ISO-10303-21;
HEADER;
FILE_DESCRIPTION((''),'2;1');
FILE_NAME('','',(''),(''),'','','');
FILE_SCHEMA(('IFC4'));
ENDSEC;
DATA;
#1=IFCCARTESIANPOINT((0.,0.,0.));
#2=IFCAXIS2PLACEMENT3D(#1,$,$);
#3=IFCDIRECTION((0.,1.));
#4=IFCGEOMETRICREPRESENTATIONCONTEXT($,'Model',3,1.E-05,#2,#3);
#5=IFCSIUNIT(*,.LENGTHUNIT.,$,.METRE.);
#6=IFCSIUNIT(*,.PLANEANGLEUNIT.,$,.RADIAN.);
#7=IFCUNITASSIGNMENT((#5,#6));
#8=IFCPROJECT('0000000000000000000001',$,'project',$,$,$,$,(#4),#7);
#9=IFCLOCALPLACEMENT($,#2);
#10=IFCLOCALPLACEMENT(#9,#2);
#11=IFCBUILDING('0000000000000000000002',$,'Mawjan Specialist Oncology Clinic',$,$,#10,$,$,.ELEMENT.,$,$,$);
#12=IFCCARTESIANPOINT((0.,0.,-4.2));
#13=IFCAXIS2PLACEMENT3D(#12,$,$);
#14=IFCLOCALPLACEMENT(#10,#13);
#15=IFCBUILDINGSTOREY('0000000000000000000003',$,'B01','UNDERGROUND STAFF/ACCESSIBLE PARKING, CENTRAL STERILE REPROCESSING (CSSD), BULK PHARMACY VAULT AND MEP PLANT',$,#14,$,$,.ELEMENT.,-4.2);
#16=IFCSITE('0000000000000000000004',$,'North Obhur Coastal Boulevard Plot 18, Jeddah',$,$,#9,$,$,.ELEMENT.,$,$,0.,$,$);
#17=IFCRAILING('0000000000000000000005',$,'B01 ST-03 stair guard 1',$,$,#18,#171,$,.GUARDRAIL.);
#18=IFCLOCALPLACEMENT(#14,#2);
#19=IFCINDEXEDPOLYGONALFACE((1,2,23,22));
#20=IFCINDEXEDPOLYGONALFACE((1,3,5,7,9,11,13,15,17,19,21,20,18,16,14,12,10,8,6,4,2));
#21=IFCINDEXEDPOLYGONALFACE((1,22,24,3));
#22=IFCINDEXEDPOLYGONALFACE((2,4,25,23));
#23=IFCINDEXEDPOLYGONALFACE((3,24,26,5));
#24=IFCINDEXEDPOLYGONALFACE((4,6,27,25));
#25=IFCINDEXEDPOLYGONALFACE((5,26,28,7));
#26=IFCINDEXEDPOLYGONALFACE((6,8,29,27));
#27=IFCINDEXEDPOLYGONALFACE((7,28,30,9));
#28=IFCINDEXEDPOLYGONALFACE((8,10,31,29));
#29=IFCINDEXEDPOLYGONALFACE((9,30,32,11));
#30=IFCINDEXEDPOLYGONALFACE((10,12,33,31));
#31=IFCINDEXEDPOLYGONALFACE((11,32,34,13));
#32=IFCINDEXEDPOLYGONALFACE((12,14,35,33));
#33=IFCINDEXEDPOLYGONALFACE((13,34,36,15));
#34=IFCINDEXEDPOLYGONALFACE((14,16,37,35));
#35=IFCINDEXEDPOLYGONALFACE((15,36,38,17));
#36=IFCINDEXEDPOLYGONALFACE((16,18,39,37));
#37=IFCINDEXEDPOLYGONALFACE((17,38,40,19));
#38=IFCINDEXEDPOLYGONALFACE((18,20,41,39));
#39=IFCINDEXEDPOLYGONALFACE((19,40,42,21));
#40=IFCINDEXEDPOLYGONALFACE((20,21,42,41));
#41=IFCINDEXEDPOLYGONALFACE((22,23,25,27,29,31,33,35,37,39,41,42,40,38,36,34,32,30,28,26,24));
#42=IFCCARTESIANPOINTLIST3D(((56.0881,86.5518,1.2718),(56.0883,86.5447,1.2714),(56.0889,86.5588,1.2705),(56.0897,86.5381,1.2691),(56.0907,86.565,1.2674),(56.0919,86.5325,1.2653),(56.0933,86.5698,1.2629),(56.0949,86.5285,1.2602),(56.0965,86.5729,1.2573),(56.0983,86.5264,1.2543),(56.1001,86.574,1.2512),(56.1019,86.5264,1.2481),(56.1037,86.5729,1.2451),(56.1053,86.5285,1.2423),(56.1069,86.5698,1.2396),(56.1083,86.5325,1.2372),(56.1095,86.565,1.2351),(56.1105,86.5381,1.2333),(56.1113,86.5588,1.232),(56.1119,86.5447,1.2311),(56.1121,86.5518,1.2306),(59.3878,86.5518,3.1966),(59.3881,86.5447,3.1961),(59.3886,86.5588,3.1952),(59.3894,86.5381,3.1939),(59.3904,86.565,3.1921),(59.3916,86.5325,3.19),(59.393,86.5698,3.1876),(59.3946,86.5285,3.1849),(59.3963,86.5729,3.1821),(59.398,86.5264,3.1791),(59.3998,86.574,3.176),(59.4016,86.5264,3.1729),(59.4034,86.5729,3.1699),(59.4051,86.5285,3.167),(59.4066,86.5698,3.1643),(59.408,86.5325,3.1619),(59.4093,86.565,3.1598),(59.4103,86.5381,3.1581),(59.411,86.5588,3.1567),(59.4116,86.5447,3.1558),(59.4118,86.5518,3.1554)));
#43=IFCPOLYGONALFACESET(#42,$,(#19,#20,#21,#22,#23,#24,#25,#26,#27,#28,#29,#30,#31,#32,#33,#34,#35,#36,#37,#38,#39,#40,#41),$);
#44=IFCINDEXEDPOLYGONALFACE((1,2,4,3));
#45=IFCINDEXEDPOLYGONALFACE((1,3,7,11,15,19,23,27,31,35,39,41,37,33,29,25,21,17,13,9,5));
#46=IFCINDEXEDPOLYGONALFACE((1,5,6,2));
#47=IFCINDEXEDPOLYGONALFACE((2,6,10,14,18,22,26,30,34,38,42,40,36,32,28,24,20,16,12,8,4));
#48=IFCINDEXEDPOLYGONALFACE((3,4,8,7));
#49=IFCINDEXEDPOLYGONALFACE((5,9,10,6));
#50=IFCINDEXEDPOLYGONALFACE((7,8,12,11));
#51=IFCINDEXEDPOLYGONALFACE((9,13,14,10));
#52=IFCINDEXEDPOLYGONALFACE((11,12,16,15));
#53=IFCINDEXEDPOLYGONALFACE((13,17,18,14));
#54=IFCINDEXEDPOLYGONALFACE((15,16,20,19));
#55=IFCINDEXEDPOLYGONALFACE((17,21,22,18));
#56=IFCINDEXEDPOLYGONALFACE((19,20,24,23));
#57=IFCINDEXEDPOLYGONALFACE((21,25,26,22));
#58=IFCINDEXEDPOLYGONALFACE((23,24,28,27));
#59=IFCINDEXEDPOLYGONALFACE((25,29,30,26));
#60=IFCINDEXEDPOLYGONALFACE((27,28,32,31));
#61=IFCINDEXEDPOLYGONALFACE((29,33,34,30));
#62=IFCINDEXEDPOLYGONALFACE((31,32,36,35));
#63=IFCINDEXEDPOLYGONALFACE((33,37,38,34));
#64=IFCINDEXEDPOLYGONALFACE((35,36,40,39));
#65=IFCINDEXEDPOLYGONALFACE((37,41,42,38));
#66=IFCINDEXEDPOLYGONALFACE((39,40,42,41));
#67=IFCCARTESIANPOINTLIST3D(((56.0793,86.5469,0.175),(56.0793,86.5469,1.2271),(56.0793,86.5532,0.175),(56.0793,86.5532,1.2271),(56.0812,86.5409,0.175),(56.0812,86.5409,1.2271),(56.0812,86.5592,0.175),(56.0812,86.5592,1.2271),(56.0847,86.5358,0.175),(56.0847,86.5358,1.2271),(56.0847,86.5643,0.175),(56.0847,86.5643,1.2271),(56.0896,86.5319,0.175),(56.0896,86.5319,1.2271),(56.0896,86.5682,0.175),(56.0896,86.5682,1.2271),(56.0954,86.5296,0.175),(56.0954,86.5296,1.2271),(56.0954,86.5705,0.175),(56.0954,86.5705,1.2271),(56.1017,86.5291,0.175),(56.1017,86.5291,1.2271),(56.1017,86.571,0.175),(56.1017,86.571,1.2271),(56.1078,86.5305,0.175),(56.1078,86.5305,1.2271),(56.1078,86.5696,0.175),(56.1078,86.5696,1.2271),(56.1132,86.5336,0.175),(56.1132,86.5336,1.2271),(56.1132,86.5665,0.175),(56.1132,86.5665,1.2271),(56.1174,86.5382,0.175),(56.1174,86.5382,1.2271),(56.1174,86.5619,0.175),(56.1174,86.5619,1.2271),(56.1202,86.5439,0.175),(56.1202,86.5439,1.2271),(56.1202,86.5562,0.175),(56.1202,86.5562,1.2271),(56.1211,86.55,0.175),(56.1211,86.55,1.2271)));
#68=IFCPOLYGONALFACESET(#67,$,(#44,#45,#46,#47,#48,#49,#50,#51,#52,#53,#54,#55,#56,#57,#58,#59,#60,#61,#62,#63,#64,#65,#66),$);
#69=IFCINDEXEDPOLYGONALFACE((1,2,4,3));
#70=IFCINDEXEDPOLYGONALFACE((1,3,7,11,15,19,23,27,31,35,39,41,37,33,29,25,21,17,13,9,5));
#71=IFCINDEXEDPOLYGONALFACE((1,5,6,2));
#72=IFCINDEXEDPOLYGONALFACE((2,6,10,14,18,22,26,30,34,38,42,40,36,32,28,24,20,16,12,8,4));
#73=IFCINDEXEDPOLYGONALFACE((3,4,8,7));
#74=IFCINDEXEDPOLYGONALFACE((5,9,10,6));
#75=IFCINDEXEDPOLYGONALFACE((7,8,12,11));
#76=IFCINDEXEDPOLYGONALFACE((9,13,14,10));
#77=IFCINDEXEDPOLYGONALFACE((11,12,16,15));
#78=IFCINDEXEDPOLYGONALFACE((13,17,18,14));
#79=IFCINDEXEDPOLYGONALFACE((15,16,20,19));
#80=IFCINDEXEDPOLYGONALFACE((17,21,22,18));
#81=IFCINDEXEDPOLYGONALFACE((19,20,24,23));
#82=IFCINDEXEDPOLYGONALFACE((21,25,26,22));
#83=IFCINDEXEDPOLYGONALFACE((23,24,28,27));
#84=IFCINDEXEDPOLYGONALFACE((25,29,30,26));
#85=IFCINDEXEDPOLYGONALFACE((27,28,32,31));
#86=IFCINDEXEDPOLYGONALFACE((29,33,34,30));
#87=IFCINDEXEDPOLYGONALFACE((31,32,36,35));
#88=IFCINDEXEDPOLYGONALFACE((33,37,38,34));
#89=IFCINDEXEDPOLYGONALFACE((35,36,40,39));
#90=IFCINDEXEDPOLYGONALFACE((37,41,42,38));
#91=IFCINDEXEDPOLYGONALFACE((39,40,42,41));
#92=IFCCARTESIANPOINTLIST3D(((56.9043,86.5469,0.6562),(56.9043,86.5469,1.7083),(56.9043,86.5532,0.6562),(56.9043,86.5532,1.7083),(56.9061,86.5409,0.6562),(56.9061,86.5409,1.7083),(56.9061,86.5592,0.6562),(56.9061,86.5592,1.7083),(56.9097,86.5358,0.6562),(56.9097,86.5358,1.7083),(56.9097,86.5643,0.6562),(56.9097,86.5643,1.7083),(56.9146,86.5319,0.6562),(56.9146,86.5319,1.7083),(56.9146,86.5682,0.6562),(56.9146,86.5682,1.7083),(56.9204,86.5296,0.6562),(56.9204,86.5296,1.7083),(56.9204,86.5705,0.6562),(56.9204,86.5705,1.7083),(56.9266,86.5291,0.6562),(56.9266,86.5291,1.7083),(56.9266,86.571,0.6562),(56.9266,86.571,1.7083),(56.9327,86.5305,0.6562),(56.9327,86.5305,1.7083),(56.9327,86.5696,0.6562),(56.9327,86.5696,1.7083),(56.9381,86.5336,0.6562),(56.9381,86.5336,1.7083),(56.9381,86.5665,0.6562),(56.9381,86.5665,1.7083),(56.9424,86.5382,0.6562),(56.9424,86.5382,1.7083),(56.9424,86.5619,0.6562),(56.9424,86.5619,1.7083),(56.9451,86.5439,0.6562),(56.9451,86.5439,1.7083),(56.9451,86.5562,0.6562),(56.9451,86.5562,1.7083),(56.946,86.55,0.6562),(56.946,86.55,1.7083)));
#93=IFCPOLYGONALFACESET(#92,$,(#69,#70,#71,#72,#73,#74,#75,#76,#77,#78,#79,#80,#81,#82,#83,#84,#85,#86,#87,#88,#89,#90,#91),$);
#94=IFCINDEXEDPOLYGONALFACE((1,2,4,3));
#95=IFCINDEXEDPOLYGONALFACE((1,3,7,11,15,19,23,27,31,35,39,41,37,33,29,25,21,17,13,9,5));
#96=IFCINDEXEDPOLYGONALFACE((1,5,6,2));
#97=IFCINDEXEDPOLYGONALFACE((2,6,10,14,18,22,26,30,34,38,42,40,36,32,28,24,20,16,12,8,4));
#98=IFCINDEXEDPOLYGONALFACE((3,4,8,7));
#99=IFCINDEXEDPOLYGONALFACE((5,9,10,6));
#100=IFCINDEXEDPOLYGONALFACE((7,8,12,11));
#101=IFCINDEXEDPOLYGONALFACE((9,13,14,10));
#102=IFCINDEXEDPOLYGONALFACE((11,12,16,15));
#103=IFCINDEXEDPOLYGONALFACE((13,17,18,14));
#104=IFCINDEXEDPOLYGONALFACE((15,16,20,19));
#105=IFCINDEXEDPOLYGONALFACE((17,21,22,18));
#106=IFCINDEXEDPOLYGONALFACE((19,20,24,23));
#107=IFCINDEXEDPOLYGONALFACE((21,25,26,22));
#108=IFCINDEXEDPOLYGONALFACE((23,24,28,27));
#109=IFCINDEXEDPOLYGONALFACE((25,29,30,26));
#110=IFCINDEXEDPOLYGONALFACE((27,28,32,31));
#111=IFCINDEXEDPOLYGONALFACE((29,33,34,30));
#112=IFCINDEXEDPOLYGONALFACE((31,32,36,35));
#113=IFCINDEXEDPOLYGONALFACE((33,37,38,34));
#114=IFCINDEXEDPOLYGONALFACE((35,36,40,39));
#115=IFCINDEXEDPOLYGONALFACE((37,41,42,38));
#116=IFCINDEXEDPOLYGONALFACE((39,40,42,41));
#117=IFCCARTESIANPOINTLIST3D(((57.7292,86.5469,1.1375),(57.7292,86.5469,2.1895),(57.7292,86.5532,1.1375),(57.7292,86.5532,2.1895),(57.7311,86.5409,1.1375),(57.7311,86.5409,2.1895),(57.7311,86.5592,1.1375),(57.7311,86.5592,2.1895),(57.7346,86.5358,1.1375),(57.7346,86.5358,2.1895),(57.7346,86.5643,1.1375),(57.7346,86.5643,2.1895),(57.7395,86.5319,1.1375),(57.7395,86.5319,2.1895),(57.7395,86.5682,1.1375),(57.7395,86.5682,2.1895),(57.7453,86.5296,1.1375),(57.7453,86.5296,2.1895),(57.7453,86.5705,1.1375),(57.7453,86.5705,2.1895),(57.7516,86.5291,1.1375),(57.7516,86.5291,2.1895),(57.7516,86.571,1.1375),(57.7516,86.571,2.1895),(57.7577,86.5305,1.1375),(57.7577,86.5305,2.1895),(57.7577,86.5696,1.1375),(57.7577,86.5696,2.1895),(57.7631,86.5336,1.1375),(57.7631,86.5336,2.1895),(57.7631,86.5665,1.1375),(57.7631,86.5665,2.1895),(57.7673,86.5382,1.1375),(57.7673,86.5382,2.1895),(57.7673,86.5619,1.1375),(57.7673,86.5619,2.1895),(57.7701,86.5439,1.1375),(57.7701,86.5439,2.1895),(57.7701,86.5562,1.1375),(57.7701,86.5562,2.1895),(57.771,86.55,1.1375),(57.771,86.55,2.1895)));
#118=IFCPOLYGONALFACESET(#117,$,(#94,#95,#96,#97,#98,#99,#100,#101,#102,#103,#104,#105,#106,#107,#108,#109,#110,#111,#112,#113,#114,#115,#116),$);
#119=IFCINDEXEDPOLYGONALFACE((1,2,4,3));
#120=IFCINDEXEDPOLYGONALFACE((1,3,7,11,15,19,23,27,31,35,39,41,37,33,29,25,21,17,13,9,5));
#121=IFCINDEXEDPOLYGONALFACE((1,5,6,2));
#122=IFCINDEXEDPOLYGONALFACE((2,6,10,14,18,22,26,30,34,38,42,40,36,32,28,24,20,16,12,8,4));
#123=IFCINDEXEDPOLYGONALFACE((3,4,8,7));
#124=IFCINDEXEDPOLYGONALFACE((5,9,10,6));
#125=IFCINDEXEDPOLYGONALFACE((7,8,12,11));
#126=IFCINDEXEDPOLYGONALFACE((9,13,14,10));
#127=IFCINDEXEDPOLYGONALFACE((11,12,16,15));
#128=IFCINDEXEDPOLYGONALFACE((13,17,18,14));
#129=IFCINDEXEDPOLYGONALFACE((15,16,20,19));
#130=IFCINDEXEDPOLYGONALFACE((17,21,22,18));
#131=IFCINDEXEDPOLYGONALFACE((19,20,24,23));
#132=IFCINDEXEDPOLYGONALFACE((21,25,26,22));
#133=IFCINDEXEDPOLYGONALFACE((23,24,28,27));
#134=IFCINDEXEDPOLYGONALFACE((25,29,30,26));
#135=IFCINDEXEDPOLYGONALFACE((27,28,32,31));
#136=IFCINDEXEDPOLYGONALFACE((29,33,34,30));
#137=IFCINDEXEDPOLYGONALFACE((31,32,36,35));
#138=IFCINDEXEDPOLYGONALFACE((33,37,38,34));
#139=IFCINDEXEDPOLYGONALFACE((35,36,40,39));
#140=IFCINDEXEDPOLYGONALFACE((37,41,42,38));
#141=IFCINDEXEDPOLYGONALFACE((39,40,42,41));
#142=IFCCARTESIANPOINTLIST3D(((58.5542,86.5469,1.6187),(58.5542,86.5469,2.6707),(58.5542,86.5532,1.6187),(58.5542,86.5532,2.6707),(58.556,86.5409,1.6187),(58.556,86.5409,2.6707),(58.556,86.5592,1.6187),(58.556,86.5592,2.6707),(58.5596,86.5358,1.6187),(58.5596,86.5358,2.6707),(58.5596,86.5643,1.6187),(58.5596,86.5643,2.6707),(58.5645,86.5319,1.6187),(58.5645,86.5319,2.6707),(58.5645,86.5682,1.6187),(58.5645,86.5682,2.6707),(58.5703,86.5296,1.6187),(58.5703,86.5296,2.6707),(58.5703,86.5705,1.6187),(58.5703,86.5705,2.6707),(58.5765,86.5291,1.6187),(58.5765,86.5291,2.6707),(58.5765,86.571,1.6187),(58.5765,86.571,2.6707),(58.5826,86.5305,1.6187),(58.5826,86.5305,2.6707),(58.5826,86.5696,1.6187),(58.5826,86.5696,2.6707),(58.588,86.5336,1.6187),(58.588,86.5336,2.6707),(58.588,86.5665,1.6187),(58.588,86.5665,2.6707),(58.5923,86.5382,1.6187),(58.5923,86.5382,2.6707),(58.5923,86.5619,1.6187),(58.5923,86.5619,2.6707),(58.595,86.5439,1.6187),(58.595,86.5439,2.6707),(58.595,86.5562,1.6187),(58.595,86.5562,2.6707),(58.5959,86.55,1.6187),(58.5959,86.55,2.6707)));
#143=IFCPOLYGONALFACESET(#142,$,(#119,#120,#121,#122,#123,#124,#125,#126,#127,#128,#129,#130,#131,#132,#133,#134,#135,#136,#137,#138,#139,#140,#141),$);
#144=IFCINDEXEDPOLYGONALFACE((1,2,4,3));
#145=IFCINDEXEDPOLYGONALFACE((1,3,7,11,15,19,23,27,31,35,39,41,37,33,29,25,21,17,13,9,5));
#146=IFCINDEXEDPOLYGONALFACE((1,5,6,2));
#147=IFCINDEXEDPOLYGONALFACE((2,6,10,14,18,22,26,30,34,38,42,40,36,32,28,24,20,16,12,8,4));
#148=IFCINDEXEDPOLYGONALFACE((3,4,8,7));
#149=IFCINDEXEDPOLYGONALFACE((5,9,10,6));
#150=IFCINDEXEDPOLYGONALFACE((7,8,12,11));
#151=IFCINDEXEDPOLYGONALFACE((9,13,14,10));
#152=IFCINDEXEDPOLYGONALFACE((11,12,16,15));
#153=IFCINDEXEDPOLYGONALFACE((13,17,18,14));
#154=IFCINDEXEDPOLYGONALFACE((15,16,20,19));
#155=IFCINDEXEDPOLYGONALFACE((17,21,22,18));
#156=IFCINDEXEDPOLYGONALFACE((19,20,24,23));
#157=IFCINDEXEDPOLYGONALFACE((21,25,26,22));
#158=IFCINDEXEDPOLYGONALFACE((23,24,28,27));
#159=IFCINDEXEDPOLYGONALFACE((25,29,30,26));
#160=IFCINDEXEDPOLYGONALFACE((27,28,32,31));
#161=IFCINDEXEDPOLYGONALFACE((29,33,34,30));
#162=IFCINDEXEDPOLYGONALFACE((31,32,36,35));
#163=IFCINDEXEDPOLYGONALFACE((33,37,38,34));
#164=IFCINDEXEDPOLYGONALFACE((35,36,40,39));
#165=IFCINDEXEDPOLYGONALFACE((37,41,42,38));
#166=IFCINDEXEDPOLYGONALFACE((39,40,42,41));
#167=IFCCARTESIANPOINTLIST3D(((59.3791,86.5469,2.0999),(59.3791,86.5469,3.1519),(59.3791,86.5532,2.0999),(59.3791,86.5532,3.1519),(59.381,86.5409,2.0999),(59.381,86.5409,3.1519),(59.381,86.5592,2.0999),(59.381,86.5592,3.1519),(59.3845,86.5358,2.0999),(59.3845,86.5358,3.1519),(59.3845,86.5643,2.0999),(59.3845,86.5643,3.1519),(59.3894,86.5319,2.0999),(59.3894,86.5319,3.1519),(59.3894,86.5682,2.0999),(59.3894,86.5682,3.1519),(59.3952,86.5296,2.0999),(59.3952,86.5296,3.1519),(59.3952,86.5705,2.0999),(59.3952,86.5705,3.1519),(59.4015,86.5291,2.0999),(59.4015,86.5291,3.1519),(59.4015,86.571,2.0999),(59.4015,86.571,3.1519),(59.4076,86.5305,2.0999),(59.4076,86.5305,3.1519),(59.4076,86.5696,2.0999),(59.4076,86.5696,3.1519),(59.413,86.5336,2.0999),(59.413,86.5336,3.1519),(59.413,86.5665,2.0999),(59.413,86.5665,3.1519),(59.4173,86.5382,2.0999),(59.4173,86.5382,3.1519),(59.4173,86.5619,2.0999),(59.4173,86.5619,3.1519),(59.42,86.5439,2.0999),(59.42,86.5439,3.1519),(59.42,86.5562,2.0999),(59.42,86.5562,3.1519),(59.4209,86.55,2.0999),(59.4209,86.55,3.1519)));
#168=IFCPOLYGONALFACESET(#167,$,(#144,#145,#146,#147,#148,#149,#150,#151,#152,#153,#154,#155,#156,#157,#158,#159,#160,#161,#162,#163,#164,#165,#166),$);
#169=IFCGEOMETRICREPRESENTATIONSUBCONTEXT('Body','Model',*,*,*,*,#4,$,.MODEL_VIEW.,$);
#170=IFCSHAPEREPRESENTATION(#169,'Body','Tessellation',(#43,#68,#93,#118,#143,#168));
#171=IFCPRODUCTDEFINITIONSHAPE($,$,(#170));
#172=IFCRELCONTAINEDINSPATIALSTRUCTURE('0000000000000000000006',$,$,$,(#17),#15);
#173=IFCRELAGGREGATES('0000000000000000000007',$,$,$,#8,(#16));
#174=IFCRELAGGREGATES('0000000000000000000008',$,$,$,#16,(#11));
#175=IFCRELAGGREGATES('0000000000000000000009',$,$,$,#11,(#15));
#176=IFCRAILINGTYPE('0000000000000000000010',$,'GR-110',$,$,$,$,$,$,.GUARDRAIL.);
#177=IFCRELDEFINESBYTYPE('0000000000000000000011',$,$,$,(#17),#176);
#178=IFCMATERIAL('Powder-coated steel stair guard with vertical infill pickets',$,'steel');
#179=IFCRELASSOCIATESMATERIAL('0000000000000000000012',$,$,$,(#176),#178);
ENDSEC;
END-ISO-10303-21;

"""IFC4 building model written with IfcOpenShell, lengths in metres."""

from ifc_helpers import new_model, si_unit, direction, frame, origin, origin_2d, place, context, subcontext, project, spatial, circle, extrude, material, type_object, element, save


model = new_model("IFC4")

# Units and contexts
model_context = context("Model", 3, precision=1e-05, world=origin(), true_north=direction((0.0, 1.0)))
body_context = subcontext(model_context, "Body", "Model", "MODEL_VIEW")
ifc_project = project(units=[si_unit("LENGTHUNIT", "METRE"), si_unit("PLANEANGLEUNIT", "RADIAN")], contexts=[model_context])

# Site, building, storey
site_placement = place(None, origin())
site = spatial("IfcSite", under=ifc_project, at=site_placement, Name="North Obhur Coastal Boulevard Plot 18, Jeddah", CompositionType="ELEMENT", RefElevation=0.0)
building_placement = place(site_placement, origin())
building = spatial("IfcBuilding", under=site, at=building_placement, Name="Mawjan Specialist Oncology Clinic", CompositionType="ELEMENT")
storey_placement = place(building_placement, frame((0.0, 0.0, -4.2)))
storey = spatial("IfcBuildingStorey", under=building, at=storey_placement, Name="B01", Description="UNDERGROUND STAFF/ACCESSIBLE PARKING, CENTRAL STERILE REPROCESSING (CSSD), BULK PHARMACY VAULT AND MEP PLANT", CompositionType="ELEMENT", Elevation=-4.2)

# Railing
ifc_material_1 = material(Name="Powder-coated steel stair guard with vertical infill pickets", Category="steel")
railing_type_1 = type_object("IfcRailingType", Name="GR-110", PredefinedType="GUARDRAIL", material=ifc_material_1)
railing_1_placement = place(storey_placement, frame((56.1001, 86.55, 0.175)))
element("IfcRailing", 1, at=railing_1_placement, inside=storey, type_object=railing_type_1, Name="B01 ST-03 stair guard 1", PredefinedType="GUARDRAIL", context=body_context, shape_type="SweptSolid", body=[
    extrude(circle(Radius=0.0239, at=origin_2d()), frame((0.0, 0.0, 1.0762), z_axis=(0.863788, 0.0, 0.503855), x_axis=(0.0, 1.0, 0.0)), (0.0, 0.0, 1.0), 3.8201),
    extrude(circle(Radius=0.021, at=origin_2d()), origin(), (0.0, 0.0, 1.0), 1.052),
    extrude(circle(Radius=0.021, at=origin_2d()), frame((0.825, 0.0, 0.4812)), (0.0, 0.0, 1.0), 1.052),
    extrude(circle(Radius=0.021, at=origin_2d()), frame((1.6499, 0.0, 0.9624)), (0.0, 0.0, 1.0), 1.052),
    extrude(circle(Radius=0.021, at=origin_2d()), frame((2.4749, 0.0, 1.4436)), (0.0, 0.0, 1.0), 1.052),
    extrude(circle(Radius=0.021, at=origin_2d()), frame((3.2998, 0.0, 1.9248)), (0.0, 0.0, 1.0), 1.052),
])

save(model, "model.ifc")
